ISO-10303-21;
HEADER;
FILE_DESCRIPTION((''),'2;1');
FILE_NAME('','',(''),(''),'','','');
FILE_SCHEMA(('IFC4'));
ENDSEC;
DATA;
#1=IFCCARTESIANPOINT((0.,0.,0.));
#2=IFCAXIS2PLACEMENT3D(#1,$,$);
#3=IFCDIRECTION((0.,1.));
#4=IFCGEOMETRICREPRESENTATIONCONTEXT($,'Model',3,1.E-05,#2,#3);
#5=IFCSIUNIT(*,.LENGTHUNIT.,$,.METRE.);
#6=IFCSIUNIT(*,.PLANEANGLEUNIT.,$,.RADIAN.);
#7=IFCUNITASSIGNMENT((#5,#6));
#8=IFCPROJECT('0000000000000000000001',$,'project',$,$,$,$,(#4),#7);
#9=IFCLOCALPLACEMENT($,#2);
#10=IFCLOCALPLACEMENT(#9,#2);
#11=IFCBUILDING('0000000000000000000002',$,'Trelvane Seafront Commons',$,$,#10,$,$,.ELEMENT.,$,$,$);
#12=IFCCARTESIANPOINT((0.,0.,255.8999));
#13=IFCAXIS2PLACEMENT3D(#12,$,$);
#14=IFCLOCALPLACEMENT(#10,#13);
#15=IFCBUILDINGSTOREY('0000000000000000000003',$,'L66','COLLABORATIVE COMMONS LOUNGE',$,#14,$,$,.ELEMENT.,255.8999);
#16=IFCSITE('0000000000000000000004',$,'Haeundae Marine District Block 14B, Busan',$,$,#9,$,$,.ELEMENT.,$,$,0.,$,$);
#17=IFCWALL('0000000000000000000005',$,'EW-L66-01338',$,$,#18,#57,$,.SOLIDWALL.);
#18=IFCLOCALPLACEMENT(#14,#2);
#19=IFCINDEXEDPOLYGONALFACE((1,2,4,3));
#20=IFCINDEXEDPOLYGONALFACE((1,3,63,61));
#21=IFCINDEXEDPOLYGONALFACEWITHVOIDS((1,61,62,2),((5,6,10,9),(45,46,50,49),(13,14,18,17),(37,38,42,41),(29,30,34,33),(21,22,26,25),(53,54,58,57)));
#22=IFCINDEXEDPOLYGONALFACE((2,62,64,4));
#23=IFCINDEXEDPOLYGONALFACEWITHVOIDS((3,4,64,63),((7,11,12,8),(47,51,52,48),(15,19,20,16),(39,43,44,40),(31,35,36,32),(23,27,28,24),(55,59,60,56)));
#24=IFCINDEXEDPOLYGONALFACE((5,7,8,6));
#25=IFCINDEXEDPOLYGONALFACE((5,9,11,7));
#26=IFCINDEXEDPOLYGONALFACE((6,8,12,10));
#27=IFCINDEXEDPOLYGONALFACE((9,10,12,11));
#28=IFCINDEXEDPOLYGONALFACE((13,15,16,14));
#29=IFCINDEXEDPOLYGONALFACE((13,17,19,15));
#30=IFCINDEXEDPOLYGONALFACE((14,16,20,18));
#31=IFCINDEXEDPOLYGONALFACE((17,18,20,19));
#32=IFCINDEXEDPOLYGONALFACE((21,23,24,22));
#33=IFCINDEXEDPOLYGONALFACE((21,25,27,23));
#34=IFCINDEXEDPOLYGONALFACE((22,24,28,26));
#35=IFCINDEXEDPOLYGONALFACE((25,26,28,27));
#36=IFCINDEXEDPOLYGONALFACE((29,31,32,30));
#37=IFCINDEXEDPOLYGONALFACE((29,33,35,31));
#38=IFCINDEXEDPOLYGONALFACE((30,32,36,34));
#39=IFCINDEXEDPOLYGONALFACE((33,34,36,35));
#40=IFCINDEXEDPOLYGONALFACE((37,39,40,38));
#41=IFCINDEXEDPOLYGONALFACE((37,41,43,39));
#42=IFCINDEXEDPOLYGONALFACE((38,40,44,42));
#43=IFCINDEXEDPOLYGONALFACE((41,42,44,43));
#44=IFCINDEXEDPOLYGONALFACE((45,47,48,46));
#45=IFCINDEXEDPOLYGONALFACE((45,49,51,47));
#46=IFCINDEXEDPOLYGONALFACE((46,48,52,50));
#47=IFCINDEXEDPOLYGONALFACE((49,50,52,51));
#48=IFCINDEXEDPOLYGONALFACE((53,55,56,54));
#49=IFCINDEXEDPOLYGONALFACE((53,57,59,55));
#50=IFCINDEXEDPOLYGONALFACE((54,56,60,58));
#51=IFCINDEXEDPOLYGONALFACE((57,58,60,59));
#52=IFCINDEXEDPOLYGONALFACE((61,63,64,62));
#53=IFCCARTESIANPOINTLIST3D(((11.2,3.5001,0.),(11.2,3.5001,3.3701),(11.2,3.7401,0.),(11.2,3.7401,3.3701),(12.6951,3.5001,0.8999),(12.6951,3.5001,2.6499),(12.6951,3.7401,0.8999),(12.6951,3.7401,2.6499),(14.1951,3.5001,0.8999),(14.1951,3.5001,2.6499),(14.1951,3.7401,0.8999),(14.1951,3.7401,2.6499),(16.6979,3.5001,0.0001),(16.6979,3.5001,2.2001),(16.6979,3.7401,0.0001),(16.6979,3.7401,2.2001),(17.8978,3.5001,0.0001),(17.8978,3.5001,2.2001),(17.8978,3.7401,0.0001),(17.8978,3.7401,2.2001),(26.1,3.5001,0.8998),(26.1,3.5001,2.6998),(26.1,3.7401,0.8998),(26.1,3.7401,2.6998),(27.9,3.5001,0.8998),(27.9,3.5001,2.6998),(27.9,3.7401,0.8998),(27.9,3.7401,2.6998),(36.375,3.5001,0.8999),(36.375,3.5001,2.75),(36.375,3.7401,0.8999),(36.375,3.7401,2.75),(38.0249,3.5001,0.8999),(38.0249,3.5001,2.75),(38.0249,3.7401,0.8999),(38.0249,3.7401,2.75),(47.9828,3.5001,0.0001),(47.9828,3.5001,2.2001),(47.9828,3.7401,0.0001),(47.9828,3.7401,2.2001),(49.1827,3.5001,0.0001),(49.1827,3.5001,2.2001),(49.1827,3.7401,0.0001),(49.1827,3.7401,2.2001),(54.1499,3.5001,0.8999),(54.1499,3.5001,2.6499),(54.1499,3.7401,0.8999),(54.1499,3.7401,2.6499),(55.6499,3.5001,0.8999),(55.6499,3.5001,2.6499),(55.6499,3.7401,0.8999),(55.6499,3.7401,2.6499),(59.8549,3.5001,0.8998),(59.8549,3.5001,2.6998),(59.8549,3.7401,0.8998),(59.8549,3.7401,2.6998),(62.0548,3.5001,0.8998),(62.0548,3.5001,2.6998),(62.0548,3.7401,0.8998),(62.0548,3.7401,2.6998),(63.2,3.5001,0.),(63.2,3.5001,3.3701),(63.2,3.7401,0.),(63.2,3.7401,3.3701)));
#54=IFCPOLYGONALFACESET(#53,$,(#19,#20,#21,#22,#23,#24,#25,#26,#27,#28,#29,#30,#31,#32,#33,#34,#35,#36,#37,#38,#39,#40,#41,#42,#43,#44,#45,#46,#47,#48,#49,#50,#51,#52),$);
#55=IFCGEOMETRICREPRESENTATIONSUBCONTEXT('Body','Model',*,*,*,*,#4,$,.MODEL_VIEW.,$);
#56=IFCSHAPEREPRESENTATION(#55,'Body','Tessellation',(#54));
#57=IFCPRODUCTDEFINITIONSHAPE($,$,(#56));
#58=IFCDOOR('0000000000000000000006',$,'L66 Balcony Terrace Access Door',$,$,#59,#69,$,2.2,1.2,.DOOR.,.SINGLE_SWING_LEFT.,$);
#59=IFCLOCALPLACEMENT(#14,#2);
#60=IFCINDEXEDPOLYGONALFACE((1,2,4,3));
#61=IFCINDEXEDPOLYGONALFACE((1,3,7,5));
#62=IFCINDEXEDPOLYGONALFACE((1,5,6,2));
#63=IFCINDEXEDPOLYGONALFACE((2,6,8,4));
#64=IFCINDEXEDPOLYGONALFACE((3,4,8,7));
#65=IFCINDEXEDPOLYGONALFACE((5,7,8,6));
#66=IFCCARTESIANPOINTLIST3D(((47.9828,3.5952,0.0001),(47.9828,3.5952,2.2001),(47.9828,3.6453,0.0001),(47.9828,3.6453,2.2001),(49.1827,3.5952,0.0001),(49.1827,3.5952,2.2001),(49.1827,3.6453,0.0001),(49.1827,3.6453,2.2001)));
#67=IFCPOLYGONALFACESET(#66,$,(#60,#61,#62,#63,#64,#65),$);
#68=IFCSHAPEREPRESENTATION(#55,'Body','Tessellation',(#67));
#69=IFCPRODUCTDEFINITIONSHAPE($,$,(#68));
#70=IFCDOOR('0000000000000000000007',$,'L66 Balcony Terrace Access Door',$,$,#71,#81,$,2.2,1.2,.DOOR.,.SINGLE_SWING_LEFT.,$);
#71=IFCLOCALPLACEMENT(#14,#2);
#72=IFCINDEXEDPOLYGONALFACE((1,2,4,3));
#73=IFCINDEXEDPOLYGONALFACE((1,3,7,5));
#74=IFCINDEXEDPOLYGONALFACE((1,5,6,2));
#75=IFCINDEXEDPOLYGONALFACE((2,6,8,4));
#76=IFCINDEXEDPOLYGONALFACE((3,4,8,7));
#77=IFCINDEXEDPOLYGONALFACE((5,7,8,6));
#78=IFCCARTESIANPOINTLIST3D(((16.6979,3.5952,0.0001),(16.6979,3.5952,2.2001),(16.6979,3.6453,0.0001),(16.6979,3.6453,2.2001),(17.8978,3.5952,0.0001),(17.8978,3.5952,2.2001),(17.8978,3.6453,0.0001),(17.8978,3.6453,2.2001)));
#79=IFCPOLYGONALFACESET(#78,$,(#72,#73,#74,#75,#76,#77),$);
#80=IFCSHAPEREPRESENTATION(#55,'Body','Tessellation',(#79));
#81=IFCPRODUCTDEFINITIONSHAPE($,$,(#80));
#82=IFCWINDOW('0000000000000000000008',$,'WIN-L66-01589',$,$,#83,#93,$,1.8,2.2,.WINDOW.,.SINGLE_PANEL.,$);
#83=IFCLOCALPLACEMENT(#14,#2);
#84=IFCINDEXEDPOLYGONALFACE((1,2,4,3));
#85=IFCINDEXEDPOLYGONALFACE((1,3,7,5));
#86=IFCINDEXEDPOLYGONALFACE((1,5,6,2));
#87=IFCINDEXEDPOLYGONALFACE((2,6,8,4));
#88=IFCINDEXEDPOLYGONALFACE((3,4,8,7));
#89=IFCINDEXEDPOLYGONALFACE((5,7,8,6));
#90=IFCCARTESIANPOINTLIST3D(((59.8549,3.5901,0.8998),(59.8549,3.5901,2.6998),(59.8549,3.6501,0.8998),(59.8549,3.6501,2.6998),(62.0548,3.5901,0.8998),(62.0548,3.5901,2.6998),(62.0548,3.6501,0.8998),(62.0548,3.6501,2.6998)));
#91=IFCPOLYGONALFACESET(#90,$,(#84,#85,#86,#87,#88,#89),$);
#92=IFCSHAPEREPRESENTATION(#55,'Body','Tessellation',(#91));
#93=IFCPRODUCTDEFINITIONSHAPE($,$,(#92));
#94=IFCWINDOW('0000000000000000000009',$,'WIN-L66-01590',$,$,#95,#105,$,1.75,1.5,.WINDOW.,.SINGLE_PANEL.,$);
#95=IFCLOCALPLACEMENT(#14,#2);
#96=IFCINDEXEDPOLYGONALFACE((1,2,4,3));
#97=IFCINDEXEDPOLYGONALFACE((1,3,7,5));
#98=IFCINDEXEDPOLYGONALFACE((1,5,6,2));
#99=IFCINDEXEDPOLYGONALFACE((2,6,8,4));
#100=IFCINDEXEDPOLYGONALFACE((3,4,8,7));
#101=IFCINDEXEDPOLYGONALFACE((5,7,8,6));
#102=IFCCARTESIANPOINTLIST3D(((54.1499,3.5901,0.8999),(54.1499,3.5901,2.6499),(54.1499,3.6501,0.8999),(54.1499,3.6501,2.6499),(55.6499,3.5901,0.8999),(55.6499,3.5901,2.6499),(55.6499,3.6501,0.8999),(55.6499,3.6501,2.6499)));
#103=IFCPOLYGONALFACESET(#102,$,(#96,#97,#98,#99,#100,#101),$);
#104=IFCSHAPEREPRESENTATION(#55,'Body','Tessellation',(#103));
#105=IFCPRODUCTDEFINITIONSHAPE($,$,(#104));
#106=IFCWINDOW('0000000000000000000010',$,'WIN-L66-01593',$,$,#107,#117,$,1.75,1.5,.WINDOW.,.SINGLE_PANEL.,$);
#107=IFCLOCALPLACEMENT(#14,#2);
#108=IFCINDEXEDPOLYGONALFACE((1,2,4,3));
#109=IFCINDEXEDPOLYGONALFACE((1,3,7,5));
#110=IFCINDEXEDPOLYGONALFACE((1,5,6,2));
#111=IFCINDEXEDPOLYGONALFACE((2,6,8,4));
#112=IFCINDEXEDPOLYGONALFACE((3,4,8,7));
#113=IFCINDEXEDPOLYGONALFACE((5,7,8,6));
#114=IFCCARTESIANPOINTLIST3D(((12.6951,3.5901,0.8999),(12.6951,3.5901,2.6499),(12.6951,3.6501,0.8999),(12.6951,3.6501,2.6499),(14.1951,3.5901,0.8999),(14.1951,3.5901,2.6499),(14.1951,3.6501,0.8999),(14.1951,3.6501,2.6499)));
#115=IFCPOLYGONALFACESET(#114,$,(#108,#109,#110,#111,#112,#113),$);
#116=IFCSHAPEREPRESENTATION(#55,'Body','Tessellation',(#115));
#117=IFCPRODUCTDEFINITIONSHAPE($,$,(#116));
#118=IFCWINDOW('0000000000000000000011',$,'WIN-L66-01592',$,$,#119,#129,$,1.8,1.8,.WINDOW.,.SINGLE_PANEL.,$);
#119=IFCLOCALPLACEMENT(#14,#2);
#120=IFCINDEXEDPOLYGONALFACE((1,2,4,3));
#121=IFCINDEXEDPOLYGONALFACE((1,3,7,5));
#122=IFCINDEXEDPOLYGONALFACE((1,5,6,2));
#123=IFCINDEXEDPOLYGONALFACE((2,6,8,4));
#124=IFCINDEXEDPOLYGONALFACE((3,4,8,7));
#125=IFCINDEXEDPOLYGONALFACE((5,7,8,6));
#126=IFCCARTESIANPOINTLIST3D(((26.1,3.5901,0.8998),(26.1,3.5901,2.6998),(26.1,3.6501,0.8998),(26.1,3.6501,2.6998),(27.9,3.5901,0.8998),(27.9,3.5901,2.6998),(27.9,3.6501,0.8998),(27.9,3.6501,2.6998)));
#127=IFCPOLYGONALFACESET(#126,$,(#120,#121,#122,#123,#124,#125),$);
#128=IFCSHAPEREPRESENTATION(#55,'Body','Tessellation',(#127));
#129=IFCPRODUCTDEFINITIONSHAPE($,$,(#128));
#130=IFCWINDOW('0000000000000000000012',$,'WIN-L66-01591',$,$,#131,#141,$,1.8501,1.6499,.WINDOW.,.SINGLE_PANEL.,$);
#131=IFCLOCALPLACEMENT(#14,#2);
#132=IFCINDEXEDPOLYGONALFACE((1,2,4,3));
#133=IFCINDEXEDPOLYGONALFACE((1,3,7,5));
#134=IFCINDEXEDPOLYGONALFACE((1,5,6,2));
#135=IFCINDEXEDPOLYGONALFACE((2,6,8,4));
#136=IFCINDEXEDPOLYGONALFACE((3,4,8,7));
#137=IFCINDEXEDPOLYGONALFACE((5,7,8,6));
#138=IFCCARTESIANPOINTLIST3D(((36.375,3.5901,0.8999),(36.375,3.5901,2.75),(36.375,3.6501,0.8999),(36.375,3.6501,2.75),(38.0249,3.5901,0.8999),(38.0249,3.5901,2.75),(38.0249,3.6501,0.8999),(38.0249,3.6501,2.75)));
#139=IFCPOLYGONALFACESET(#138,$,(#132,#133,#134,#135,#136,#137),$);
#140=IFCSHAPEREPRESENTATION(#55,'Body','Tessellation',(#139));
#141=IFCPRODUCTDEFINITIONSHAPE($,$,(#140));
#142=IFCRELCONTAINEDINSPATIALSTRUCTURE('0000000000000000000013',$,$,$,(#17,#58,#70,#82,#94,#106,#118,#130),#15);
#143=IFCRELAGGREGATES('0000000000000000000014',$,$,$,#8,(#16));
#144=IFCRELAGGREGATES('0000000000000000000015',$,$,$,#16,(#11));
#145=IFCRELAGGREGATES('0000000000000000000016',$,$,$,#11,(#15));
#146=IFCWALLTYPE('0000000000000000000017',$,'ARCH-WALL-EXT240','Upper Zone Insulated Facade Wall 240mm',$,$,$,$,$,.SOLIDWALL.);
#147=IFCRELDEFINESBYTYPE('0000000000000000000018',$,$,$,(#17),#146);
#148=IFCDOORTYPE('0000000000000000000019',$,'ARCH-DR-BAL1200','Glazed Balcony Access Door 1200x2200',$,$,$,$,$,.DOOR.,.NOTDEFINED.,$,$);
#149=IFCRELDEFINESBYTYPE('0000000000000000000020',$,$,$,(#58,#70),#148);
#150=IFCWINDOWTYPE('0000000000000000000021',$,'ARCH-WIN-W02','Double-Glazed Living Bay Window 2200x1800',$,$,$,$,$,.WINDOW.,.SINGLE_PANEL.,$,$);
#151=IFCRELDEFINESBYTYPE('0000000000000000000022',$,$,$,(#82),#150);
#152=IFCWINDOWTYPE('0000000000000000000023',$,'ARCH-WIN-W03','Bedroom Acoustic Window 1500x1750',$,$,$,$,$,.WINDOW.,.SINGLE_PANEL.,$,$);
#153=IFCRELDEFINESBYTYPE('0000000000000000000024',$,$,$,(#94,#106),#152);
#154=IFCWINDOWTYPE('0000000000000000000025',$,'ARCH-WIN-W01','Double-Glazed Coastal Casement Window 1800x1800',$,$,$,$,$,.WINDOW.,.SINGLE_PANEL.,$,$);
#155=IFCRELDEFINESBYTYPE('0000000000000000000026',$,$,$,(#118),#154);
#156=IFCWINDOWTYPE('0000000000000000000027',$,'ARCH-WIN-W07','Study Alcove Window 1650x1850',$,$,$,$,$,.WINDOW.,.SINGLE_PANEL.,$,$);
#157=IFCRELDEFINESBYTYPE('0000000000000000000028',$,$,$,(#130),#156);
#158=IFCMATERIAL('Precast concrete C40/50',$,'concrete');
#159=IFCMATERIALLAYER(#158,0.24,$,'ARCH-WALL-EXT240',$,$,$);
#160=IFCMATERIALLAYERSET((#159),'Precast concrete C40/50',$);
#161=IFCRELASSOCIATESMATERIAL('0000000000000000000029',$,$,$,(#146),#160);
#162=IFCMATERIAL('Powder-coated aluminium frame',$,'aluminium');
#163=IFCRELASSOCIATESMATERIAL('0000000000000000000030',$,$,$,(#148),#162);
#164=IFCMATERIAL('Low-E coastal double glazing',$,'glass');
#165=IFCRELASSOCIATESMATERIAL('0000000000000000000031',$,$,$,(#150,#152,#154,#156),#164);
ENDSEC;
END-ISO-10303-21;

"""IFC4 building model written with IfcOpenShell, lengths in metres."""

from ifc_helpers import new_model, si_unit, direction, frame, frame_2d, origin, place, context, subcontext, project, spatial, rectangle, extrude, source, transform, mapped, material, layer, layer_set, type_object, element, fill, save


model = new_model("IFC4")

# Units and contexts
model_context = context("Model", 3, precision=1e-05, world=origin(), true_north=direction((0.0, 1.0)))
body_context = subcontext(model_context, "Body", "Model", "MODEL_VIEW")
ifc_project = project(units=[si_unit("LENGTHUNIT", "METRE"), si_unit("PLANEANGLEUNIT", "RADIAN")], contexts=[model_context])

# Site, building, storey
site_placement = place(None, origin())
site = spatial("IfcSite", under=ifc_project, at=site_placement, Name="Haeundae Marine District Block 14B, Busan", CompositionType="ELEMENT", RefElevation=0.0)
building_placement = place(site_placement, origin())
building = spatial("IfcBuilding", under=site, at=building_placement, Name="Trelvane Seafront Commons", CompositionType="ELEMENT")
storey_placement = place(building_placement, frame((0.0, 0.0, 255.8999)))
storey = spatial("IfcBuildingStorey", under=building, at=storey_placement, Name="L66", Description="COLLABORATIVE COMMONS LOUNGE", CompositionType="ELEMENT", Elevation=255.8999)

# Shared definitions
ifc_material_1 = material(Name="Precast concrete C40/50", Category="concrete")
ifc_layer_1 = layer(ifc_material_1, 0.24, Name="ARCH-WALL-EXT240")
ifc_layer_set_1 = layer_set([ifc_layer_1], Name="Precast concrete C40/50")
wall_type_1 = type_object("IfcWallType", Name="ARCH-WALL-EXT240", Description="Upper Zone Insulated Facade Wall 240mm", PredefinedType="SOLIDWALL", material=ifc_layer_set_1)

# Wall, openings, doors, windows
wall_1_placement = place(storey_placement, frame((63.2, 3.6201, 0.0), z_axis=(0.0, 0.0, 1.0), x_axis=(-1.0, 0.0, 0.0)))
wall_1 = element("IfcWall", 1, at=wall_1_placement, inside=storey, type_object=wall_type_1, Name="EW-L66-01338", PredefinedType="SOLIDWALL", context=body_context, shape_type="SweptSolid", body=[
    extrude(rectangle(XDim=52.0, YDim=0.24, at=frame_2d((26.0, 0.0))), origin(), (0.0, 0.0, 1.0), 3.3701),
])
opening_1_placement = place(wall_1_placement, frame((1.145, 0.0, 0.8999)))
opening_1 = element("IfcOpeningElement", 2, at=opening_1_placement, cuts=wall_1, PredefinedType="OPENING", context=body_context, shape_type="SweptSolid", body=[
    extrude(rectangle(XDim=2.2, YDim=1.8, at=frame_2d((1.1001, 0.8999))), frame((0.0, 0.1299, 0.0), z_axis=(0.0, -1.0, 0.0), x_axis=(1.0, 0.0, 0.0)), (0.0, 0.0, 1.0), 0.26),
])
opening_2_placement = place(wall_1_placement, frame((7.55, 0.0, 0.8999)))
opening_2 = element("IfcOpeningElement", 3, at=opening_2_placement, cuts=wall_1, PredefinedType="OPENING", context=body_context, shape_type="SweptSolid", body=[
    extrude(rectangle(XDim=1.5, YDim=1.75, at=frame_2d((0.75, 0.875))), frame((0.0, 0.1299, 0.0), z_axis=(0.0, -1.0, 0.0), x_axis=(1.0, 0.0, 0.0)), (0.0, 0.0, 1.0), 0.26),
])
opening_3_placement = place(wall_1_placement, frame((14.0171, 0.0, 0.0)))
opening_3 = element("IfcOpeningElement", 4, at=opening_3_placement, cuts=wall_1, PredefinedType="OPENING", context=body_context, shape_type="SweptSolid", body=[
    extrude(rectangle(XDim=1.2, YDim=2.2, at=frame_2d((0.6001, 1.1001))), frame((0.0, 0.1299, 0.0), z_axis=(0.0, -1.0, 0.0), x_axis=(1.0, 0.0, 0.0)), (0.0, 0.0, 1.0), 0.26),
])
opening_4_placement = place(wall_1_placement, frame((25.175, 0.0, 0.8999)))
opening_4 = element("IfcOpeningElement", 5, at=opening_4_placement, cuts=wall_1, PredefinedType="OPENING", context=body_context, shape_type="SweptSolid", body=[
    extrude(rectangle(XDim=1.6499, YDim=1.8501, at=frame_2d((0.825, 0.925))), frame((0.0, 0.1299, 0.0), z_axis=(0.0, -1.0, 0.0), x_axis=(1.0, 0.0, 0.0)), (0.0, 0.0, 1.0), 0.26),
])
opening_5_placement = place(wall_1_placement, frame((35.3, 0.0, 0.8999)))
opening_5 = element("IfcOpeningElement", 6, at=opening_5_placement, cuts=wall_1, PredefinedType="OPENING", context=body_context, shape_type="SweptSolid", body=[
    extrude(rectangle(XDim=1.8, YDim=1.8, at=frame_2d((0.8999, 0.8999))), frame((0.0, 0.1299, 0.0), z_axis=(0.0, -1.0, 0.0), x_axis=(1.0, 0.0, 0.0)), (0.0, 0.0, 1.0), 0.26),
])
opening_6_placement = place(wall_1_placement, frame((45.302, 0.0, 0.0)))
opening_6 = element("IfcOpeningElement", 7, at=opening_6_placement, cuts=wall_1, PredefinedType="OPENING", context=body_context, shape_type="SweptSolid", body=[
    extrude(rectangle(XDim=1.2, YDim=2.2, at=frame_2d((0.6001, 1.1001))), frame((0.0, 0.1299, 0.0), z_axis=(0.0, -1.0, 0.0), x_axis=(1.0, 0.0, 0.0)), (0.0, 0.0, 1.0), 0.26),
])
opening_7_placement = place(wall_1_placement, frame((49.0049, 0.0, 0.8999)))
opening_7 = element("IfcOpeningElement", 8, at=opening_7_placement, cuts=wall_1, PredefinedType="OPENING", context=body_context, shape_type="SweptSolid", body=[
    extrude(rectangle(XDim=1.5, YDim=1.75, at=frame_2d((0.75, 0.875))), frame((0.0, 0.1299, 0.0), z_axis=(0.0, -1.0, 0.0), x_axis=(1.0, 0.0, 0.0)), (0.0, 0.0, 1.0), 0.26),
])
ifc_material_2 = material(Name="Powder-coated aluminium frame", Category="aluminium")
door_type = type_object("IfcDoorType", Name="ARCH-DR-BAL1200", Description="Glazed Balcony Access Door 1200x2200", OperationType="NOTDEFINED", PredefinedType="DOOR", material=ifc_material_2)
shared_shape_1 = source(origin(), body_context, "Body", "SweptSolid", [
    extrude(rectangle(XDim=1.2, YDim=2.2, at=frame_2d((0.6001, 1.1001))), frame((0.0, 0.0249, 0.0), z_axis=(0.0, -1.0, 0.0), x_axis=(1.0, 0.0, 0.0)), (0.0, 0.0, 1.0), 0.05),
])
door_1_placement = place(opening_3_placement, origin())
door_1 = element("IfcDoor", 9, at=door_1_placement, inside=storey, type_object=door_type, Name="L66 Balcony Terrace Access Door", OperationType="SINGLE_SWING_LEFT", OverallHeight=2.2, OverallWidth=1.2, PredefinedType="DOOR", context=body_context, shape_type="MappedRepresentation", body=[
    mapped(shared_shape_1, transform((0.0, 0.0, 0.0), x_axis=(1.0, 0.0, 0.0), y_axis=(0.0, 1.0, 0.0), z_axis=(0.0, 0.0, 1.0), scale=1.0)),
])
fill(opening_3, door_1)
door_2_placement = place(opening_6_placement, origin())
door_2 = element("IfcDoor", 10, at=door_2_placement, inside=storey, type_object=door_type, Name="L66 Balcony Terrace Access Door", OperationType="SINGLE_SWING_LEFT", OverallHeight=2.2, OverallWidth=1.2, PredefinedType="DOOR", context=body_context, shape_type="MappedRepresentation", body=[
    mapped(shared_shape_1, transform((0.0, 0.0, 0.0), x_axis=(1.0, 0.0, 0.0), y_axis=(0.0, 1.0, 0.0), z_axis=(0.0, 0.0, 1.0), scale=1.0)),
])
fill(opening_6, door_2)
ifc_material_3 = material(Name="Low-E coastal double glazing", Category="glass")
window_type_1 = type_object("IfcWindowType", Name="ARCH-WIN-W02", Description="Double-Glazed Living Bay Window 2200x1800", PartitioningType="SINGLE_PANEL", PredefinedType="WINDOW", material=ifc_material_3)
shared_shape_2 = source(origin(), body_context, "Body", "SweptSolid", [
    extrude(rectangle(XDim=2.2, YDim=1.8, at=frame_2d((1.1001, 0.8999))), frame((0.0, 0.03, 0.0), z_axis=(0.0, -1.0, 0.0), x_axis=(1.0, 0.0, 0.0)), (0.0, 0.0, 1.0), 0.0601),
])
window_1_placement = place(opening_1_placement, origin())
window_1 = element("IfcWindow", 11, at=window_1_placement, inside=storey, type_object=window_type_1, Name="WIN-L66-01589", OverallHeight=1.8, OverallWidth=2.2, PartitioningType="SINGLE_PANEL", PredefinedType="WINDOW", context=body_context, shape_type="MappedRepresentation", body=[
    mapped(shared_shape_2, transform((0.0, 0.0, 0.0), x_axis=(1.0, 0.0, 0.0), y_axis=(0.0, 1.0, 0.0), z_axis=(0.0, 0.0, 1.0), scale=1.0)),
])
fill(opening_1, window_1)
window_type_2 = type_object("IfcWindowType", Name="ARCH-WIN-W03", Description="Bedroom Acoustic Window 1500x1750", PartitioningType="SINGLE_PANEL", PredefinedType="WINDOW", material=ifc_material_3)
shared_shape_3 = source(origin(), body_context, "Body", "SweptSolid", [
    extrude(rectangle(XDim=1.5, YDim=1.75, at=frame_2d((0.75, 0.875))), frame((0.0, 0.03, 0.0), z_axis=(0.0, -1.0, 0.0), x_axis=(1.0, 0.0, 0.0)), (0.0, 0.0, 1.0), 0.0601),
])
window_2_placement = place(opening_2_placement, origin())
window_2 = element("IfcWindow", 12, at=window_2_placement, inside=storey, type_object=window_type_2, Name="WIN-L66-01590", OverallHeight=1.75, OverallWidth=1.5, PartitioningType="SINGLE_PANEL", PredefinedType="WINDOW", context=body_context, shape_type="MappedRepresentation", body=[
    mapped(shared_shape_3, transform((0.0, 0.0, 0.0), x_axis=(1.0, 0.0, 0.0), y_axis=(0.0, 1.0, 0.0), z_axis=(0.0, 0.0, 1.0), scale=1.0)),
])
fill(opening_2, window_2)
window_3_placement = place(opening_7_placement, origin())
window_3 = element("IfcWindow", 13, at=window_3_placement, inside=storey, type_object=window_type_2, Name="WIN-L66-01593", OverallHeight=1.75, OverallWidth=1.5, PartitioningType="SINGLE_PANEL", PredefinedType="WINDOW", context=body_context, shape_type="MappedRepresentation", body=[
    mapped(shared_shape_3, transform((0.0, 0.0, 0.0), x_axis=(1.0, 0.0, 0.0), y_axis=(0.0, 1.0, 0.0), z_axis=(0.0, 0.0, 1.0), scale=1.0)),
])
fill(opening_7, window_3)
window_type_3 = type_object("IfcWindowType", Name="ARCH-WIN-W01", Description="Double-Glazed Coastal Casement Window 1800x1800", PartitioningType="SINGLE_PANEL", PredefinedType="WINDOW", material=ifc_material_3)
shared_shape_4 = source(origin(), body_context, "Body", "SweptSolid", [
    extrude(rectangle(XDim=1.8, YDim=1.8, at=frame_2d((0.8999, 0.8999))), frame((0.0, 0.03, 0.0), z_axis=(0.0, -1.0, 0.0), x_axis=(1.0, 0.0, 0.0)), (0.0, 0.0, 1.0), 0.0601),
])
window_4_placement = place(opening_5_placement, origin())
window_4 = element("IfcWindow", 14, at=window_4_placement, inside=storey, type_object=window_type_3, Name="WIN-L66-01592", OverallHeight=1.8, OverallWidth=1.8, PartitioningType="SINGLE_PANEL", PredefinedType="WINDOW", context=body_context, shape_type="MappedRepresentation", body=[
    mapped(shared_shape_4, transform((0.0, 0.0, 0.0), x_axis=(1.0, 0.0, 0.0), y_axis=(0.0, 1.0, 0.0), z_axis=(0.0, 0.0, 1.0), scale=1.0)),
])
fill(opening_5, window_4)
window_type_4 = type_object("IfcWindowType", Name="ARCH-WIN-W07", Description="Study Alcove Window 1650x1850", PartitioningType="SINGLE_PANEL", PredefinedType="WINDOW", material=ifc_material_3)
shared_shape_5 = source(origin(), body_context, "Body", "SweptSolid", [
    extrude(rectangle(XDim=1.6499, YDim=1.8501, at=frame_2d((0.825, 0.925))), frame((0.0, 0.03, 0.0), z_axis=(0.0, -1.0, 0.0), x_axis=(1.0, 0.0, 0.0)), (0.0, 0.0, 1.0), 0.0601),
])
window_5_placement = place(opening_4_placement, origin())
window_5 = element("IfcWindow", 15, at=window_5_placement, inside=storey, type_object=window_type_4, Name="WIN-L66-01591", OverallHeight=1.8501, OverallWidth=1.6499, PartitioningType="SINGLE_PANEL", PredefinedType="WINDOW", context=body_context, shape_type="MappedRepresentation", body=[
    mapped(shared_shape_5, transform((0.0, 0.0, 0.0), x_axis=(1.0, 0.0, 0.0), y_axis=(0.0, 1.0, 0.0), z_axis=(0.0, 0.0, 1.0), scale=1.0)),
])
fill(opening_4, window_5)

save(model, "model.ifc")
